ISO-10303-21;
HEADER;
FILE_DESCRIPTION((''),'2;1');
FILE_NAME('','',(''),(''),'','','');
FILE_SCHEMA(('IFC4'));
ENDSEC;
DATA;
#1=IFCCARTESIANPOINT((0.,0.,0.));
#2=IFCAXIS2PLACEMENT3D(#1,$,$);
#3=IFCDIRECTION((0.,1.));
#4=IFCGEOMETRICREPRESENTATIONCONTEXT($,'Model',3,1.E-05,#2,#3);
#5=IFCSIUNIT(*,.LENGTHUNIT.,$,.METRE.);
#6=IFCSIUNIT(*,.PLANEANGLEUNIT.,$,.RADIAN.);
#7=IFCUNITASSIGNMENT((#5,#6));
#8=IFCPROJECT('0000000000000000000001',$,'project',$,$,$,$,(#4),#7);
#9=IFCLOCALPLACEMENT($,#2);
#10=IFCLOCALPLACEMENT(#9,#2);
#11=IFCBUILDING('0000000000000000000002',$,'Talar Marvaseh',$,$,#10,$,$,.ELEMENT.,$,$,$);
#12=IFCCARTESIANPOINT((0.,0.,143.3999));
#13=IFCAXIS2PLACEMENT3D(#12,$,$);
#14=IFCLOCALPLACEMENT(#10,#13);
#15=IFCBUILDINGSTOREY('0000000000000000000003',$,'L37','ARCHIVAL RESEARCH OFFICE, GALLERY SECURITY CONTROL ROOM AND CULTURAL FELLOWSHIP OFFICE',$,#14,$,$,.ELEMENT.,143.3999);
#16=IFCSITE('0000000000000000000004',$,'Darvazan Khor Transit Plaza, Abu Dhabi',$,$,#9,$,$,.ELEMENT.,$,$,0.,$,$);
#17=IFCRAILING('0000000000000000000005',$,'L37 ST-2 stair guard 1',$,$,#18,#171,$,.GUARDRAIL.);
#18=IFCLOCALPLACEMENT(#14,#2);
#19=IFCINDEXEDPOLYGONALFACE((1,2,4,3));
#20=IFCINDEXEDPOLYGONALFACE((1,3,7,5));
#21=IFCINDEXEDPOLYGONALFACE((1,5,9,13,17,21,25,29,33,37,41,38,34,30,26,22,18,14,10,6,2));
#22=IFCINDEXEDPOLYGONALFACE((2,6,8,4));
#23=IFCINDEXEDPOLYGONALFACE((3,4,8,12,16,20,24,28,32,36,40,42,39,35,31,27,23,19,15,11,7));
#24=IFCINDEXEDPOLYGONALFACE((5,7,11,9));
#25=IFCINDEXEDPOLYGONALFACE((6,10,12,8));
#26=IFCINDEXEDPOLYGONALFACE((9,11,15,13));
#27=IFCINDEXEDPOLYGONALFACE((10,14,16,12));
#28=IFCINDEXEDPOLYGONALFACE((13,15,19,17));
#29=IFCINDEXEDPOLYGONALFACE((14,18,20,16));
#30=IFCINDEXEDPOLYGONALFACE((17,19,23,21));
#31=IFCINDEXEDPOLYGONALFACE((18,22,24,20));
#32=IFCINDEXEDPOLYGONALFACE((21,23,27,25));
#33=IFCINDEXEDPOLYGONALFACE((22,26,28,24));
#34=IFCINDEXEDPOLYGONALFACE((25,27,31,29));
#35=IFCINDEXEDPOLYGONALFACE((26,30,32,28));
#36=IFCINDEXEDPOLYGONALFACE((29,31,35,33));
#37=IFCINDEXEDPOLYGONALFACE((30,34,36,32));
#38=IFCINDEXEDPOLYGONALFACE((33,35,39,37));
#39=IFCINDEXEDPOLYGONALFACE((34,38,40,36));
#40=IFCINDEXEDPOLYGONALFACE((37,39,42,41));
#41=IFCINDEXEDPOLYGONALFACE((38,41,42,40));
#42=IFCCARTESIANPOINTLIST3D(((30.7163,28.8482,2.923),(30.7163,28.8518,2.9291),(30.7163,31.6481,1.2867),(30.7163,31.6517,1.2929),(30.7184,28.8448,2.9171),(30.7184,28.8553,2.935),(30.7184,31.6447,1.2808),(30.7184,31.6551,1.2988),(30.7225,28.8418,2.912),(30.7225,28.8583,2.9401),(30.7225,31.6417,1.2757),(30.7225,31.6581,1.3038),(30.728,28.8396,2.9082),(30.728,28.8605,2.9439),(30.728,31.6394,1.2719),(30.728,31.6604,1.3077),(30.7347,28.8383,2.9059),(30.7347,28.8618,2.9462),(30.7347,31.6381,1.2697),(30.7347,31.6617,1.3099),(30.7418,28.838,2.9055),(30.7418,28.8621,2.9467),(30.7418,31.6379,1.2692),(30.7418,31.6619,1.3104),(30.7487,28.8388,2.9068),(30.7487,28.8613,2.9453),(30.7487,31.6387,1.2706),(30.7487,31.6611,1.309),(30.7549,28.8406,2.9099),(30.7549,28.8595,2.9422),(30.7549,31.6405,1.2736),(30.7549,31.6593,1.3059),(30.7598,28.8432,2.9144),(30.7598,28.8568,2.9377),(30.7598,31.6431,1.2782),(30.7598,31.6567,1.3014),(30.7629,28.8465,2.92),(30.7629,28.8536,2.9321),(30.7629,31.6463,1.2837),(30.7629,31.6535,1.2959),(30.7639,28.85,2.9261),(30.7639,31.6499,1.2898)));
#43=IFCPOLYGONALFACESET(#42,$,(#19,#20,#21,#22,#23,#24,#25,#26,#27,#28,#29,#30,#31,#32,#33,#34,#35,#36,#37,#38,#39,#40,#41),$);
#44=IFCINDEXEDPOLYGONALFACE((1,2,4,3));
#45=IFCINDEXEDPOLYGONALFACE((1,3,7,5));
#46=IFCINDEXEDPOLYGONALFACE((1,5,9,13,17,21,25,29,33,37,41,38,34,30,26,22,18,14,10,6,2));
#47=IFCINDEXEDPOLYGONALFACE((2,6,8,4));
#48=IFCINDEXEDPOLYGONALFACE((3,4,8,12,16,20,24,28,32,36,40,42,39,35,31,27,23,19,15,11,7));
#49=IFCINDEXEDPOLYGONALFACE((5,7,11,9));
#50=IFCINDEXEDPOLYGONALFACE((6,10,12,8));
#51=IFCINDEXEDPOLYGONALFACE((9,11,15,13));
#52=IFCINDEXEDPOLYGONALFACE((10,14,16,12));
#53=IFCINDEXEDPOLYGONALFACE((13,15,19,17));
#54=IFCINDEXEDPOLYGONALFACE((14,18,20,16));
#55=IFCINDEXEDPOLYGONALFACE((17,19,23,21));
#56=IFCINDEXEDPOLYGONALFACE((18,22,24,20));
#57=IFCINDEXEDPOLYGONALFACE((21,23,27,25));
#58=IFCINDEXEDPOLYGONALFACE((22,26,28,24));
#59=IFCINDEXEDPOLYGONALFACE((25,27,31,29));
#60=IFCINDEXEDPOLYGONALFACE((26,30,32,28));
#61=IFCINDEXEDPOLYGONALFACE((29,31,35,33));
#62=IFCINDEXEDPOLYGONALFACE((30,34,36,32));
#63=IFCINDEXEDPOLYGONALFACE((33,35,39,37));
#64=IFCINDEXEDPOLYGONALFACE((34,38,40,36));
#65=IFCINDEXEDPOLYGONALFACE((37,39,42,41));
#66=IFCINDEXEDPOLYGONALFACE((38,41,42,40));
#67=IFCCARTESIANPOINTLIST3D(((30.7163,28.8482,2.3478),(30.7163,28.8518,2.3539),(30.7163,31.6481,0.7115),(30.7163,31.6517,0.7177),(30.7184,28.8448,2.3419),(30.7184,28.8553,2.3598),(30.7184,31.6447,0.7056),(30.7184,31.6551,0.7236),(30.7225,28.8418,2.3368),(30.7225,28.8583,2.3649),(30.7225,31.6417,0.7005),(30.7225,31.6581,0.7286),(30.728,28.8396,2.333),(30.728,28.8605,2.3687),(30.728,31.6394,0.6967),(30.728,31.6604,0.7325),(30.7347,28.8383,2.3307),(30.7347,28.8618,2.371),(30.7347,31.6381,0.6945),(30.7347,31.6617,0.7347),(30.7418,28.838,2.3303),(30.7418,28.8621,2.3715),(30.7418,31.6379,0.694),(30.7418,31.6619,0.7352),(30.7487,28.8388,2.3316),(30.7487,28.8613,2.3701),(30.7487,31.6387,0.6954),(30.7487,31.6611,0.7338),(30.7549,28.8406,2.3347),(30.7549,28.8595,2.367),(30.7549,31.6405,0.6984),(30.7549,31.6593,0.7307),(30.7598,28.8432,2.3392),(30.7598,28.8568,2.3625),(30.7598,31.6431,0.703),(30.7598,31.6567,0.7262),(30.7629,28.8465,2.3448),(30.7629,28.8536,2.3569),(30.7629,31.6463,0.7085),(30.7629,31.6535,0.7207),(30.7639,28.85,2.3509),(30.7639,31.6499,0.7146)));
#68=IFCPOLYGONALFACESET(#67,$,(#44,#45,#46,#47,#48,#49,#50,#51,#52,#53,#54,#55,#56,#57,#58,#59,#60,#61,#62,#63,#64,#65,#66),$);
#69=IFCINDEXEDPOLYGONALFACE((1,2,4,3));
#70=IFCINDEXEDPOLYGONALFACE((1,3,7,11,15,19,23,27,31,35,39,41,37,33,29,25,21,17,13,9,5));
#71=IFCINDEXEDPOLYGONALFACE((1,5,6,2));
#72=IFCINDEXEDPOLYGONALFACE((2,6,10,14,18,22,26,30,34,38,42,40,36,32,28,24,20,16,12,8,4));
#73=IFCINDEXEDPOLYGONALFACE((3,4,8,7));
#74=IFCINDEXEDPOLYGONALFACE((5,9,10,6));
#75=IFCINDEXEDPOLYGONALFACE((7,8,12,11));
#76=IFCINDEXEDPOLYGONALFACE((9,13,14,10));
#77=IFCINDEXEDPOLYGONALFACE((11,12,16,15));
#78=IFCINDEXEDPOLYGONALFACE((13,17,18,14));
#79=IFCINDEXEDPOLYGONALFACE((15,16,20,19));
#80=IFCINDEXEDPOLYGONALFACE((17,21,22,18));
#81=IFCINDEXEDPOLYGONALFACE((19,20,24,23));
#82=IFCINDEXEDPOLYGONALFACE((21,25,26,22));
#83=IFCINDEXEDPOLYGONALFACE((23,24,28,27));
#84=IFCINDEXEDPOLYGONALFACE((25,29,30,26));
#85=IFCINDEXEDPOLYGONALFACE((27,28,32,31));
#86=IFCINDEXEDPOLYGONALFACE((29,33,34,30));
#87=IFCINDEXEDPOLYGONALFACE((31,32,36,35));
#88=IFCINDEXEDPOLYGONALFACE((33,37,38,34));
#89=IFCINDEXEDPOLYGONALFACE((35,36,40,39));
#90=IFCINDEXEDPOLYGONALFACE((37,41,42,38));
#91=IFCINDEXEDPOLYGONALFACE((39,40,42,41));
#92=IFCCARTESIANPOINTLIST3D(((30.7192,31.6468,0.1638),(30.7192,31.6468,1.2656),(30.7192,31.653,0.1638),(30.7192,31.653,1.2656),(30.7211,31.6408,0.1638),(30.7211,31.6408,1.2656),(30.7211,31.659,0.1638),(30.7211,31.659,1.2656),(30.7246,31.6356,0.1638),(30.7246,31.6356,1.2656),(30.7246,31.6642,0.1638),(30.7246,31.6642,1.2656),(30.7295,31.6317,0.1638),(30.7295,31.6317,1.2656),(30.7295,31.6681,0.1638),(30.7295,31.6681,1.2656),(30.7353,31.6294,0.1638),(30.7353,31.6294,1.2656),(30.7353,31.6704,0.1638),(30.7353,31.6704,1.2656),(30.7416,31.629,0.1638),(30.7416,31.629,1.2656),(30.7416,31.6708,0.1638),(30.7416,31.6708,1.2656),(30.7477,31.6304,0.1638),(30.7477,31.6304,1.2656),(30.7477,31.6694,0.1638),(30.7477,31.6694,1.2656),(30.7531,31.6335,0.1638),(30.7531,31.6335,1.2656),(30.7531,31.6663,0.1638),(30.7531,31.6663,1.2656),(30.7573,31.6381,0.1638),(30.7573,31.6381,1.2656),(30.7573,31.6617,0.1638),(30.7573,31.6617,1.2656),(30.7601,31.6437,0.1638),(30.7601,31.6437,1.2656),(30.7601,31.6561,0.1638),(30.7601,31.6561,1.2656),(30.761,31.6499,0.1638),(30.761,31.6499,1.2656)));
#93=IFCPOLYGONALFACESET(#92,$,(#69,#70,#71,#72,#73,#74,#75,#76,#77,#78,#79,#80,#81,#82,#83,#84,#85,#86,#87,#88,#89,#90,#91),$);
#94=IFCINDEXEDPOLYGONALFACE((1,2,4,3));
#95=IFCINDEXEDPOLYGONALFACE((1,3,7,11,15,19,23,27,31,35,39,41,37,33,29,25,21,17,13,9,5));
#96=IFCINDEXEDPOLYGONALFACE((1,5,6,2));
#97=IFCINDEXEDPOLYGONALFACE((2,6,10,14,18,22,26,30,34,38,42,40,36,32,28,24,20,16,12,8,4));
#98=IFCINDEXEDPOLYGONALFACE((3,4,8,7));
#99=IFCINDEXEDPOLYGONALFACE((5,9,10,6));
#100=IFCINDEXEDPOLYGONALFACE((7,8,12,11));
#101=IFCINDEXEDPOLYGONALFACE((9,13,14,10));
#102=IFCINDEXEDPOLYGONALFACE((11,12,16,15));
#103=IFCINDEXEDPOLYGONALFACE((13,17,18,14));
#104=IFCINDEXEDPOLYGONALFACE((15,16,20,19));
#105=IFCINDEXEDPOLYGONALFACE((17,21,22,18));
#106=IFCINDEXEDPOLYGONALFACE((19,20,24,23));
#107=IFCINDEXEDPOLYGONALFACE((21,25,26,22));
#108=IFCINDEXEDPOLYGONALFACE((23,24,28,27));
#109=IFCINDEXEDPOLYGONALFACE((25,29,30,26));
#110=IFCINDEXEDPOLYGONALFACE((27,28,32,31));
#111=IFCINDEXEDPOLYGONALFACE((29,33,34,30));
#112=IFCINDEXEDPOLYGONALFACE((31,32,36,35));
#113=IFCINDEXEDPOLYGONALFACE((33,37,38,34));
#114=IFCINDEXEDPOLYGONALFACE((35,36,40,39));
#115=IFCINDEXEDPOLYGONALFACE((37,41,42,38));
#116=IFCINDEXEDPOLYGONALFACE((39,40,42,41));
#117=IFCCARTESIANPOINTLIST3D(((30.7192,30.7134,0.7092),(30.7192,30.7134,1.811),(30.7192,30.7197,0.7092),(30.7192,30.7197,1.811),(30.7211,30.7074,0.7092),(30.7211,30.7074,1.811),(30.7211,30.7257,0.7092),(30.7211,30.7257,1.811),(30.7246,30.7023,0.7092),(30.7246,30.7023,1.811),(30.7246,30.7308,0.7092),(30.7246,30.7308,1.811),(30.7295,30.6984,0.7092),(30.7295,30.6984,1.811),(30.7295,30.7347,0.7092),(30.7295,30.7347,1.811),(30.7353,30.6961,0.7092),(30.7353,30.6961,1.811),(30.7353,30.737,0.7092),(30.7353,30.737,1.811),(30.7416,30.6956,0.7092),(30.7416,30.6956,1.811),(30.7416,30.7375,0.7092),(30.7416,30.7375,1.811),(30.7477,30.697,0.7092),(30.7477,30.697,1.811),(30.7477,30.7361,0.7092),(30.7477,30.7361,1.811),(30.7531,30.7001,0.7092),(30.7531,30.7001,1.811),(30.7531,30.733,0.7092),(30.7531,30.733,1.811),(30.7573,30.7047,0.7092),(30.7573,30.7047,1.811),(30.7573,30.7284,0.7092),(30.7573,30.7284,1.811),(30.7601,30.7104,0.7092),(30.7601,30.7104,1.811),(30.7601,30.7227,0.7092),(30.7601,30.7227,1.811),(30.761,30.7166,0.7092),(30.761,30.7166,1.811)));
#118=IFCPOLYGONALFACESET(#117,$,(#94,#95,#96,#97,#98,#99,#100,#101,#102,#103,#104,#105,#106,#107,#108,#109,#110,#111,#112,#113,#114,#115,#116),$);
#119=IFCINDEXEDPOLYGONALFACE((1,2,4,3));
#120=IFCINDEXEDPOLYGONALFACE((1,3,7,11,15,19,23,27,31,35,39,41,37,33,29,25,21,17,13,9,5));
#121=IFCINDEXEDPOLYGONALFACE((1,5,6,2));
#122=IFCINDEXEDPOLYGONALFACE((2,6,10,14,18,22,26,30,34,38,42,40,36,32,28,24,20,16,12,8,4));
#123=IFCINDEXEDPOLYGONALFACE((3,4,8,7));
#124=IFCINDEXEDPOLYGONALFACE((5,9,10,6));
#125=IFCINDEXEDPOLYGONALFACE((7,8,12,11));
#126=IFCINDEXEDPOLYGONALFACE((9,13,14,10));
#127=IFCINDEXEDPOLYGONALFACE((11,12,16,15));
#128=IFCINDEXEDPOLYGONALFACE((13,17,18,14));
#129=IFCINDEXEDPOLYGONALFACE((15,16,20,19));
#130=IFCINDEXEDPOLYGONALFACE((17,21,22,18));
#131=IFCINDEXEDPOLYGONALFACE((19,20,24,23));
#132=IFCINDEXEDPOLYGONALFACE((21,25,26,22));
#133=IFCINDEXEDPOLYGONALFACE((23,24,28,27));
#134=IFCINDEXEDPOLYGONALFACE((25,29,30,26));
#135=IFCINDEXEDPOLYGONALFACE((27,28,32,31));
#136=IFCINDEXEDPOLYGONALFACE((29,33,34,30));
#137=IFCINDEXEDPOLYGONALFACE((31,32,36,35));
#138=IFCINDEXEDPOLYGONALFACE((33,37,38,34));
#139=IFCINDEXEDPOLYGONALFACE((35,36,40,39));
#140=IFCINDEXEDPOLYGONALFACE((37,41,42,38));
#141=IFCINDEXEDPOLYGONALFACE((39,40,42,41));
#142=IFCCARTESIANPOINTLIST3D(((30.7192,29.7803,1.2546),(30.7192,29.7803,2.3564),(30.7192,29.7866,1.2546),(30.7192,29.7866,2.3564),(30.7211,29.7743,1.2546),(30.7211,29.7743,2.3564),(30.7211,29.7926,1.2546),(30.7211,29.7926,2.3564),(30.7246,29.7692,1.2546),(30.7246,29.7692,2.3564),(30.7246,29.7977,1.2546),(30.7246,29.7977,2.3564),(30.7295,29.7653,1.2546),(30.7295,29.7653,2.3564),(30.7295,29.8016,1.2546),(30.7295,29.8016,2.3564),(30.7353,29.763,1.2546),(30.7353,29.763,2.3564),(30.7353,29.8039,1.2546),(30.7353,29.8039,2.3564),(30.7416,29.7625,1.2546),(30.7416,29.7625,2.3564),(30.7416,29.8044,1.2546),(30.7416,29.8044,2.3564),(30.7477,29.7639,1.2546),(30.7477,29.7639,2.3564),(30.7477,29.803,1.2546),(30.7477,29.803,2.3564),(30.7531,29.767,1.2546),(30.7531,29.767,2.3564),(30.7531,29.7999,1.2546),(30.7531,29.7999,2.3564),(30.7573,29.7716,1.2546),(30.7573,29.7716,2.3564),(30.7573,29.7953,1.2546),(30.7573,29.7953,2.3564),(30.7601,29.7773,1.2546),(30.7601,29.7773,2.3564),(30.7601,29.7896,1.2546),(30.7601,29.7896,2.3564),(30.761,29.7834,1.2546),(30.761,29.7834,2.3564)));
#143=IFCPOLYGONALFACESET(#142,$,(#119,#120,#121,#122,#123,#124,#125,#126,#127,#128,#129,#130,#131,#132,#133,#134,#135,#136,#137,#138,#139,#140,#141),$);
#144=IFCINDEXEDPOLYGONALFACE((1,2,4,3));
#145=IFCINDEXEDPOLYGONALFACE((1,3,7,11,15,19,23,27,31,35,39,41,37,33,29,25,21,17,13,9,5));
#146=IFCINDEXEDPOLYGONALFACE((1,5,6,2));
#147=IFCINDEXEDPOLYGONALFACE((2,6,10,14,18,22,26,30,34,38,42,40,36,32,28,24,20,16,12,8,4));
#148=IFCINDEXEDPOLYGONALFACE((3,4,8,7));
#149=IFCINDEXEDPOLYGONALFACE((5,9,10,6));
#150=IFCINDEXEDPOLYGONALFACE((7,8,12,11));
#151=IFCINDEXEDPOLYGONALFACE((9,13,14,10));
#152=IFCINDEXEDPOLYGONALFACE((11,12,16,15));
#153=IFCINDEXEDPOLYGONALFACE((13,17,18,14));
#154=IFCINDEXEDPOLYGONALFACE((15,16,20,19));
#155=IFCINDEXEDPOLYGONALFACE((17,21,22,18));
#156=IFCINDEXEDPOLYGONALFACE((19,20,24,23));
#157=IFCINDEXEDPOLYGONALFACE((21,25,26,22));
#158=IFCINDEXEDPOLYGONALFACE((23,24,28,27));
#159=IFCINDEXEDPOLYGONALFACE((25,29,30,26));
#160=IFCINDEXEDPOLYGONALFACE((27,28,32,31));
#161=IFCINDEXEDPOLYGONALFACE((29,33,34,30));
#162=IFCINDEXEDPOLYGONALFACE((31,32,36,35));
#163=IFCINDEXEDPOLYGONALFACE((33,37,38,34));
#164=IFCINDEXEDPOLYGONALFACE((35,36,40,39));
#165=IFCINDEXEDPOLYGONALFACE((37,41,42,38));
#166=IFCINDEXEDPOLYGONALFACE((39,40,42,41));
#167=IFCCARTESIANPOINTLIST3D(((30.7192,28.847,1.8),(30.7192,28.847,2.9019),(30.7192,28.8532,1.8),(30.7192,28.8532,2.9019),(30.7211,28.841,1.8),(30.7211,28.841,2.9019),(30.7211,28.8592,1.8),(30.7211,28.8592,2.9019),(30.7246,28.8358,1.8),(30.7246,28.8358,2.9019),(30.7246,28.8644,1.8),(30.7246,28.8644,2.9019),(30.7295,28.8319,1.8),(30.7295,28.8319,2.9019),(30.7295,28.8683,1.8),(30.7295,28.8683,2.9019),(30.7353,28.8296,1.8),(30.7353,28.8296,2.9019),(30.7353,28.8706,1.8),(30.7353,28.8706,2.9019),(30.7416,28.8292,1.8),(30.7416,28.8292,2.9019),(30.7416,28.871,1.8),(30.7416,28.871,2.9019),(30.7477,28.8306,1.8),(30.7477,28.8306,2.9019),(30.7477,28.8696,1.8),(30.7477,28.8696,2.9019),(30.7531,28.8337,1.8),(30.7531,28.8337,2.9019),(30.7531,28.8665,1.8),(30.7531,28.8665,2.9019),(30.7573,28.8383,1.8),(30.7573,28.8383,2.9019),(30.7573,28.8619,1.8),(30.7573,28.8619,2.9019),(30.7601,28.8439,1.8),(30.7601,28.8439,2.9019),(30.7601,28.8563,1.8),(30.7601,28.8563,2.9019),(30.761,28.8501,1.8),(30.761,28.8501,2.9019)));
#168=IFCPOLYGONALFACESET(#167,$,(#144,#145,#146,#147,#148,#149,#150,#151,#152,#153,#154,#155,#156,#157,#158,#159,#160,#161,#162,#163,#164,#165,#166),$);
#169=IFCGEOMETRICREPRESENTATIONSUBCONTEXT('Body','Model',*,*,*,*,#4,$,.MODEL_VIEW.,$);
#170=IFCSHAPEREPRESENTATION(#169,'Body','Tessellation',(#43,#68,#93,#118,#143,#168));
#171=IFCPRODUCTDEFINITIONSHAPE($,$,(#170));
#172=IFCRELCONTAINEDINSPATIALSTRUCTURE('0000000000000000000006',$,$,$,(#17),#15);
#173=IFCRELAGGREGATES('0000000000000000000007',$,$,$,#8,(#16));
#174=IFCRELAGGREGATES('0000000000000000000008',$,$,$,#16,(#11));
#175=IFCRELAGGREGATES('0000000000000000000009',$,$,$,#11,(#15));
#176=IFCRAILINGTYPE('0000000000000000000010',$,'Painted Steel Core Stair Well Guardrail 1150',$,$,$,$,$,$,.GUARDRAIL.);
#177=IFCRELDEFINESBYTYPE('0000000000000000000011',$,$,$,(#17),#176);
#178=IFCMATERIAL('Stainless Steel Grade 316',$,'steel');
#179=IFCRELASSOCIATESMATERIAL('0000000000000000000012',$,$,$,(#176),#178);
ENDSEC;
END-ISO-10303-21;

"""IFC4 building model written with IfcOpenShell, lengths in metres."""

from ifc_helpers import new_model, si_unit, direction, frame, origin, origin_2d, place, context, subcontext, project, spatial, circle, extrude, material, type_object, element, save


model = new_model("IFC4")

# Units and contexts
model_context = context("Model", 3, precision=1e-05, world=origin(), true_north=direction((0.0, 1.0)))
body_context = subcontext(model_context, "Body", "Model", "MODEL_VIEW")
ifc_project = project(units=[si_unit("LENGTHUNIT", "METRE"), si_unit("PLANEANGLEUNIT", "RADIAN")], contexts=[model_context])

# Site, building, storey
site_placement = place(None, origin())
site = spatial("IfcSite", under=ifc_project, at=site_placement, Name="Darvazan Khor Transit Plaza, Abu Dhabi", CompositionType="ELEMENT", RefElevation=0.0)
building_placement = place(site_placement, origin())
building = spatial("IfcBuilding", under=site, at=building_placement, Name="Talar Marvaseh", CompositionType="ELEMENT")
storey_placement = place(building_placement, frame((0.0, 0.0, 143.3999)))
storey = spatial("IfcBuildingStorey", under=building, at=storey_placement, Name="L37", Description="ARCHIVAL RESEARCH OFFICE, GALLERY SECURITY CONTROL ROOM AND CULTURAL FELLOWSHIP OFFICE", CompositionType="ELEMENT", Elevation=143.3999)

# Shared definitions
ifc_material_1 = material(Name="Stainless Steel Grade 316", Category="steel")

# Railing
railing_type_1 = type_object("IfcRailingType", Name="Painted Steel Core Stair Well Guardrail 1150", PredefinedType="GUARDRAIL", material=ifc_material_1)
railing_1_placement = place(storey_placement, frame((30.74, 31.6499, 0.1638)))
element("IfcRailing", 1, at=railing_1_placement, inside=storey, type_object=railing_type_1, Name="L37 ST-2 stair guard 1", PredefinedType="GUARDRAIL", context=body_context, shape_type="SweptSolid", body=[
    extrude(circle(Radius=0.0239, at=origin_2d()), frame((0.0, 0.0, 1.126), z_axis=(0.0, -0.863374, 0.504564), x_axis=(1.0, 0.0, 0.0)), (0.0, 0.0, 1.0), 3.2429),
    extrude(circle(Radius=0.0239, at=origin_2d()), frame((0.0, 0.0, 0.5508), z_axis=(0.0, -0.863374, 0.504564), x_axis=(1.0, 0.0, 0.0)), (0.0, 0.0, 1.0), 3.2429),
    extrude(circle(Radius=0.021, at=origin_2d()), origin(), (0.0, 0.0, 1.0), 1.1018),
    extrude(circle(Radius=0.021, at=origin_2d()), frame((0.0, -0.9333, 0.5454)), (0.0, 0.0, 1.0), 1.1018),
    extrude(circle(Radius=0.021, at=origin_2d()), frame((0.0, -1.8665, 1.0908)), (0.0, 0.0, 1.0), 1.1018),
    extrude(circle(Radius=0.021, at=origin_2d()), frame((0.0, -2.7998, 1.6362)), (0.0, 0.0, 1.0), 1.1018),
])

save(model, "model.ifc")
